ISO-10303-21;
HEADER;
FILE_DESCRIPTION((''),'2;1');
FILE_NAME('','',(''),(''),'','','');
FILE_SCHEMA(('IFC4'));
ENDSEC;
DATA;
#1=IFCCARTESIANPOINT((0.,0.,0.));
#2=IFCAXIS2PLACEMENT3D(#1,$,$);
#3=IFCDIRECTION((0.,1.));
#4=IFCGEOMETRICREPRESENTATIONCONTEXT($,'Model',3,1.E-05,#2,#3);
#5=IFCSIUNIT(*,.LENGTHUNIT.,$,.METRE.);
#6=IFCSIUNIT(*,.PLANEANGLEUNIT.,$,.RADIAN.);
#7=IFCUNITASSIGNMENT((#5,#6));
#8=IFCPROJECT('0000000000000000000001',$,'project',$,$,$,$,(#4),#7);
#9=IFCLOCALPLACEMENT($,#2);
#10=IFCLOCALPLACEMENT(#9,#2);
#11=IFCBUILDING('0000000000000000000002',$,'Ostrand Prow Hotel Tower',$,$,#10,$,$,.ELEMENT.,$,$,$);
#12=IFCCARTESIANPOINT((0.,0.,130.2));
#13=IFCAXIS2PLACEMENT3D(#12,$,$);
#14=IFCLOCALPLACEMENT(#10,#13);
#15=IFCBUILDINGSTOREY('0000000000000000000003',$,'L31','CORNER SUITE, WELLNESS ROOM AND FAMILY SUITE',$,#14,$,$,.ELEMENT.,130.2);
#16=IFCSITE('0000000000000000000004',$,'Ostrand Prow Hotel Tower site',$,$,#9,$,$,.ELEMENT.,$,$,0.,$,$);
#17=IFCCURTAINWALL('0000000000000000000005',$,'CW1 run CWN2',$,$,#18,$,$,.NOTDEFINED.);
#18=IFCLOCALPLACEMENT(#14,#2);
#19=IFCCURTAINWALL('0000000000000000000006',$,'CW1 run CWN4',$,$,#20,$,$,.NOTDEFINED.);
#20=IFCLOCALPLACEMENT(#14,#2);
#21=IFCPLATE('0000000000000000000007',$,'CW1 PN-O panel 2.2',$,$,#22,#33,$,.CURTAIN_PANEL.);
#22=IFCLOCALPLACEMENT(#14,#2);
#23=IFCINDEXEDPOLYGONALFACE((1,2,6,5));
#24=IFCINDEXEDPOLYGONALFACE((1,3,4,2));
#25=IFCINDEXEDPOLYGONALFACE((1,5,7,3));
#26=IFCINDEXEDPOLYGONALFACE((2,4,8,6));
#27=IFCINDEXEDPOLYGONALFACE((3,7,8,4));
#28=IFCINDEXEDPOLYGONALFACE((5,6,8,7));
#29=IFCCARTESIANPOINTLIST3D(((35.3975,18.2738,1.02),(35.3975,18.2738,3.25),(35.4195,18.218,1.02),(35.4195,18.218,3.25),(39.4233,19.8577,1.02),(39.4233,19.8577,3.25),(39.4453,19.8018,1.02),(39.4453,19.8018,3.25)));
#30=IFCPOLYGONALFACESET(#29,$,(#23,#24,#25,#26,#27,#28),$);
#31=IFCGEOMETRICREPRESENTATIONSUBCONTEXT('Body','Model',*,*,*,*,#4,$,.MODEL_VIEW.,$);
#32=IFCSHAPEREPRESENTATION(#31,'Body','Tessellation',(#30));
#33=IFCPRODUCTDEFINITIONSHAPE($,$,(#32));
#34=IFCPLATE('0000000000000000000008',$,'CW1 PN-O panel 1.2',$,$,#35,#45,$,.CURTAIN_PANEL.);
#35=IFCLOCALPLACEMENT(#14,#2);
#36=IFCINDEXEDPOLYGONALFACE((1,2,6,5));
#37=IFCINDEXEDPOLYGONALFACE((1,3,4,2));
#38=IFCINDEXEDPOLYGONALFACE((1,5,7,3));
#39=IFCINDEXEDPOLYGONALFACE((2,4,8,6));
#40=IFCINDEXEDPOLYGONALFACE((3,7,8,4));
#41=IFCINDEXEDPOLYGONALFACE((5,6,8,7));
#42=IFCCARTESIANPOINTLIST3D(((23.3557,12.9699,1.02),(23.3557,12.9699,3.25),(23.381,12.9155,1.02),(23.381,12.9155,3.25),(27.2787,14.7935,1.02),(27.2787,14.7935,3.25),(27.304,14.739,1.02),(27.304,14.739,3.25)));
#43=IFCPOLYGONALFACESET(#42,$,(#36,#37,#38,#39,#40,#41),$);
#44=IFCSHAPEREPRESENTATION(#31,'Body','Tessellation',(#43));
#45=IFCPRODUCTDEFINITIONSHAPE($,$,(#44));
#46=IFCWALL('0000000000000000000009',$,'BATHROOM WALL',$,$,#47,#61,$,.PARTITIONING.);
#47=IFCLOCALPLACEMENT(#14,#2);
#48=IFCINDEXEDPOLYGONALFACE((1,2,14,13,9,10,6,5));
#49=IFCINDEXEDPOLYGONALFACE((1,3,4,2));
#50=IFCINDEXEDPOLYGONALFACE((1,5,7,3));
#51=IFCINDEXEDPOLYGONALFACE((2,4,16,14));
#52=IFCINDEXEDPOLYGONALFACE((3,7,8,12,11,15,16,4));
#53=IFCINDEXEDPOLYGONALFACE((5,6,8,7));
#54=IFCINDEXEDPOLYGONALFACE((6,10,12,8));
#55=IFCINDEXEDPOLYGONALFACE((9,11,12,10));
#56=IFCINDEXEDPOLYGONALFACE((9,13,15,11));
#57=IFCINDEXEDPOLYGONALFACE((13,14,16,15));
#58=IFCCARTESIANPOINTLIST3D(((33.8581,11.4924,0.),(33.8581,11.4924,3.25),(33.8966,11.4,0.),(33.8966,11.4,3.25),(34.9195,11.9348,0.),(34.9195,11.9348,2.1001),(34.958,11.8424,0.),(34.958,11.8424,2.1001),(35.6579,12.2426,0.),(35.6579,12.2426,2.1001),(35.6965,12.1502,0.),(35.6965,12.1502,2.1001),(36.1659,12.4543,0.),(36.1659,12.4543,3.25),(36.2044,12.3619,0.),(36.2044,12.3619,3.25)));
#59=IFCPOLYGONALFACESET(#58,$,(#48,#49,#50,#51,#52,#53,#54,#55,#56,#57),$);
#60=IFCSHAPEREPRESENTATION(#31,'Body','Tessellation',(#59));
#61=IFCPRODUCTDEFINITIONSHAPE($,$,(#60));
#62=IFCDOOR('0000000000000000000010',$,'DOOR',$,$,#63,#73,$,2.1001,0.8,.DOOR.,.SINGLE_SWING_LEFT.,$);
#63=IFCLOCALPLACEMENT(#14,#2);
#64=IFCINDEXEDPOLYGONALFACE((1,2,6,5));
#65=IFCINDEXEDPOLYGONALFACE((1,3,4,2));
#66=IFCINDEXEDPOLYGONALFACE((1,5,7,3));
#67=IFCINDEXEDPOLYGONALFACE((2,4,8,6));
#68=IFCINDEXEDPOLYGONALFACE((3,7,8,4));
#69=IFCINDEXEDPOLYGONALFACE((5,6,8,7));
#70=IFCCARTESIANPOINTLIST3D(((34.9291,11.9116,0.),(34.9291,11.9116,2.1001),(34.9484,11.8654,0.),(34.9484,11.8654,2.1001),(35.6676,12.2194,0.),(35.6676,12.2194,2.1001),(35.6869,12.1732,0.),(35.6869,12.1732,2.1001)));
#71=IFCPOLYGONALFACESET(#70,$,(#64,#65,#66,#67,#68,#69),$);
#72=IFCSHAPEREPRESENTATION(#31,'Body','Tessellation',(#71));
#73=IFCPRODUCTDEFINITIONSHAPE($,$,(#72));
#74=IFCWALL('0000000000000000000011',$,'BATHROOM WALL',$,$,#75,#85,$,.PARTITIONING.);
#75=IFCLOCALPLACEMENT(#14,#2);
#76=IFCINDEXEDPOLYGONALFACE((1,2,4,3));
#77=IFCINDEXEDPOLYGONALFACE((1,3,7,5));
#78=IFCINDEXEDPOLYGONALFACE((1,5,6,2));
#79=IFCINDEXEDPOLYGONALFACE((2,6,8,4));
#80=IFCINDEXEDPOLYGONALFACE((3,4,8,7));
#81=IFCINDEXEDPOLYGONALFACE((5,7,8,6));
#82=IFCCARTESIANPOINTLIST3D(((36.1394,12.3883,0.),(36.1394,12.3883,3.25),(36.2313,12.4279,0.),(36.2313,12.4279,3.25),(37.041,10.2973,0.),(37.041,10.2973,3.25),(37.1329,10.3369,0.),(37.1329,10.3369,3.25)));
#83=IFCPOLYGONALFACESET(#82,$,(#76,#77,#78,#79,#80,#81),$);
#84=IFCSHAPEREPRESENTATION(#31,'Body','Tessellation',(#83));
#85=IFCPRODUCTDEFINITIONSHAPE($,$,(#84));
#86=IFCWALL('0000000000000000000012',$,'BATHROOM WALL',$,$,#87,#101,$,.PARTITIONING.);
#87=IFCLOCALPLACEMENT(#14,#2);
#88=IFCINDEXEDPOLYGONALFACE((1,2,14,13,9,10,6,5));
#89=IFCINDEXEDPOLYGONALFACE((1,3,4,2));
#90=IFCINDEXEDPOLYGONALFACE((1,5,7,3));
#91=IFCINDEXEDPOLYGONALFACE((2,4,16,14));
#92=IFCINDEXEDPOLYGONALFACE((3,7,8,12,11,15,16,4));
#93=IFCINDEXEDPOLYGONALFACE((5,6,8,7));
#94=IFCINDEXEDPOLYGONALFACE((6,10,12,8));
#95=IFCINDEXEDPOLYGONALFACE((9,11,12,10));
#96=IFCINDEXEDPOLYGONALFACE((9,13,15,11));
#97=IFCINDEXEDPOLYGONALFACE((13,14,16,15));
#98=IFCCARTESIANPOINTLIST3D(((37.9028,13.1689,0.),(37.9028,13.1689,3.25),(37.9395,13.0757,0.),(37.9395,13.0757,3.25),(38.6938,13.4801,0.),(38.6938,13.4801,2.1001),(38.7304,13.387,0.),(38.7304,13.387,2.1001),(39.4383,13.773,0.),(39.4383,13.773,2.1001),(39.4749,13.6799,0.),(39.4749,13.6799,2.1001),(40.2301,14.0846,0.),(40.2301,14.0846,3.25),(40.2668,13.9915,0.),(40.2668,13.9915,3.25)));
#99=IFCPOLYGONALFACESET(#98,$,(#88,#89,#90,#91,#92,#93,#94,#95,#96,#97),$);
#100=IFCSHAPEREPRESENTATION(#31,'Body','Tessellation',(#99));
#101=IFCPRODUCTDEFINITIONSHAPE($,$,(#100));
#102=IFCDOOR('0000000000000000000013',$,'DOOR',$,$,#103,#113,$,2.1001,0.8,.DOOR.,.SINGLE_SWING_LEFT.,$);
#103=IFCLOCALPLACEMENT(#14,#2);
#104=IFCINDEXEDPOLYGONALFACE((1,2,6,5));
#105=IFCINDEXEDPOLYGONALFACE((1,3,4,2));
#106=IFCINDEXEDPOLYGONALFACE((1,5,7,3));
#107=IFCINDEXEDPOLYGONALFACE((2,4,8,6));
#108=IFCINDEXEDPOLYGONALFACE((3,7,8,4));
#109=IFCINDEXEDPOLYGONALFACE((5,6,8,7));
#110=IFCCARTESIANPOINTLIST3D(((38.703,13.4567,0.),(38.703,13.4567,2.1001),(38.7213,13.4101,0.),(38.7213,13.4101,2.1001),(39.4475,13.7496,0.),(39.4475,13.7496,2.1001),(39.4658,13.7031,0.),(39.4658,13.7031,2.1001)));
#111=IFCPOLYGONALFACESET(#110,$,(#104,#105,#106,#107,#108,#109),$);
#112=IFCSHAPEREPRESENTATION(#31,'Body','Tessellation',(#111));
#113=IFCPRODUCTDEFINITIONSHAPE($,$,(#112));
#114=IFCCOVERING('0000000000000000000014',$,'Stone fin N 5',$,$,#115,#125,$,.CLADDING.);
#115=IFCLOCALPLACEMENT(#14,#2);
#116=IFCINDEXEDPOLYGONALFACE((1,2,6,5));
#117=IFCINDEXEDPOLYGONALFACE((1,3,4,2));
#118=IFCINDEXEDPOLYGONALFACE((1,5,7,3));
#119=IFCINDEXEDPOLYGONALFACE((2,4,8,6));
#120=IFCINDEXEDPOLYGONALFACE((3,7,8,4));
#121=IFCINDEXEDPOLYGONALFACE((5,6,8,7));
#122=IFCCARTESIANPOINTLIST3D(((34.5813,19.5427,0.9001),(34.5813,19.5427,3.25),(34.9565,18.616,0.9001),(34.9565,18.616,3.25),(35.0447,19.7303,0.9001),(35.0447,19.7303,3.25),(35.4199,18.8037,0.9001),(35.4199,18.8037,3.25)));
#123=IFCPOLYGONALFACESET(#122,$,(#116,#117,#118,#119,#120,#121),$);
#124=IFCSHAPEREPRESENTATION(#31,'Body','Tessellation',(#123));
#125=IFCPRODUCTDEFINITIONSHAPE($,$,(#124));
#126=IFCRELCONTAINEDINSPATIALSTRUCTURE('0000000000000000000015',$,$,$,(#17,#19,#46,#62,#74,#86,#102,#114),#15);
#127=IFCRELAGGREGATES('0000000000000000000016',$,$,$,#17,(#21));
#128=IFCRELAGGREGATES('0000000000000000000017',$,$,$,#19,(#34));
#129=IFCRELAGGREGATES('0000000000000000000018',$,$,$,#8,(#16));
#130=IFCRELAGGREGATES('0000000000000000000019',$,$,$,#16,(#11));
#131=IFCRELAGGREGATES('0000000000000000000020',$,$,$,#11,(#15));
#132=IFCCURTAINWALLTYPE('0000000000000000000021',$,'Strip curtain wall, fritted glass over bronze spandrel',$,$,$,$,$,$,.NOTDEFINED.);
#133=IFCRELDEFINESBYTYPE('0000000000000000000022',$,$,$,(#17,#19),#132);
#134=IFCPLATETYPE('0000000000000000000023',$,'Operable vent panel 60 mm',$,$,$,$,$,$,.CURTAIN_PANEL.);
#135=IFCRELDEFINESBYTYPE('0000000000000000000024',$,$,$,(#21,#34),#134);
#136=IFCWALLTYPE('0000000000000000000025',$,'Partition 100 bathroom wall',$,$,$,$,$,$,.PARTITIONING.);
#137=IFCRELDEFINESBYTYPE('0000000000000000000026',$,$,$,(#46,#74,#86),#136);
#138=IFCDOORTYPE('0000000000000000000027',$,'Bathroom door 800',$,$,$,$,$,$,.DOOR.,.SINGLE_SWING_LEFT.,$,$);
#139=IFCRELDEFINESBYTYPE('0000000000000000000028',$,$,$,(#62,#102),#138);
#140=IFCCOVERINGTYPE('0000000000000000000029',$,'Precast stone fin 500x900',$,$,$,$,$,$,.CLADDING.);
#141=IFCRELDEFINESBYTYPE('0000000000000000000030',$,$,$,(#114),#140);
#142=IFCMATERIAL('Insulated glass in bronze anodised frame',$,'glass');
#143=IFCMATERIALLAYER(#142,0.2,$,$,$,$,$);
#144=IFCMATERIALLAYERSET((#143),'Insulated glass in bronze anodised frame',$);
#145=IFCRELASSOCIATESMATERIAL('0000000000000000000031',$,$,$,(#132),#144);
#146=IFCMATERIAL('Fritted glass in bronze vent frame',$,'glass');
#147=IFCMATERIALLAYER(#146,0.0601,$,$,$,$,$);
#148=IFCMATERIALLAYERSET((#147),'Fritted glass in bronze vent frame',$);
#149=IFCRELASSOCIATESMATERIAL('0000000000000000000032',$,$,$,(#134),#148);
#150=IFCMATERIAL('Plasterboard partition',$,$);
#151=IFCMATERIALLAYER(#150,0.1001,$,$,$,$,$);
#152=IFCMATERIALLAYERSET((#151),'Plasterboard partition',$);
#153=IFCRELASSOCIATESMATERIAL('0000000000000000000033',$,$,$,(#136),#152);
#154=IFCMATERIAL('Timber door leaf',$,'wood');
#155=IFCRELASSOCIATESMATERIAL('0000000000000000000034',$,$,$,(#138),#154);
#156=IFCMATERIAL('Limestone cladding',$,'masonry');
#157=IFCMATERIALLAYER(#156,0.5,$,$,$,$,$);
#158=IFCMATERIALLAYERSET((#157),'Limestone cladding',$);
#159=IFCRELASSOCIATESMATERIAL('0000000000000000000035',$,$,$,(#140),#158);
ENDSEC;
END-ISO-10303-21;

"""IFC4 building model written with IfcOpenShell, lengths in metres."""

from ifc_helpers import new_model, si_unit, direction, frame, frame_2d, origin, origin_2d, place, context, subcontext, project, spatial, rectangle, extrude, material, layer, layer_set, type_object, element, fill, aggregate, save


model = new_model("IFC4")

# Units and contexts
model_context = context("Model", 3, precision=1e-05, world=origin(), true_north=direction((0.0, 1.0)))
body_context = subcontext(model_context, "Body", "Model", "MODEL_VIEW")
ifc_project = project(units=[si_unit("LENGTHUNIT", "METRE"), si_unit("PLANEANGLEUNIT", "RADIAN")], contexts=[model_context])

# Site, building, storey
site_placement = place(None, origin())
site = spatial("IfcSite", under=ifc_project, at=site_placement, Name="Ostrand Prow Hotel Tower site", CompositionType="ELEMENT", RefElevation=0.0)
building_placement = place(site_placement, origin())
building = spatial("IfcBuilding", under=site, at=building_placement, Name="Ostrand Prow Hotel Tower", CompositionType="ELEMENT")
storey_placement = place(building_placement, frame((0.0, 0.0, 130.2)))
storey = spatial("IfcBuildingStorey", under=building, at=storey_placement, Name="L31", Description="CORNER SUITE, WELLNESS ROOM AND FAMILY SUITE", CompositionType="ELEMENT", Elevation=130.2)

# Curtain wall
ifc_material_1 = material(Name="Insulated glass in bronze anodised frame", Category="glass")
ifc_layer_1 = layer(ifc_material_1, 0.2)
ifc_layer_set_1 = layer_set([ifc_layer_1], Name="Insulated glass in bronze anodised frame")
curtain_wall_type = type_object("IfcCurtainWallType", Name="Strip curtain wall, fritted glass over bronze spandrel", PredefinedType="NOTDEFINED", material=ifc_layer_set_1)
curtain_wall_1_placement = place(storey_placement, origin())
curtain_wall_1 = element("IfcCurtainWall", 1, at=curtain_wall_1_placement, inside=storey, type_object=curtain_wall_type, Name="CW1 run CWN2", PredefinedType="NOTDEFINED")

# Curtain wall
curtain_wall_2_placement = place(storey_placement, origin())
curtain_wall_2 = element("IfcCurtainWall", 2, at=curtain_wall_2_placement, inside=storey, type_object=curtain_wall_type, Name="CW1 run CWN4", PredefinedType="NOTDEFINED")

# Plates
ifc_material_2 = material(Name="Fritted glass in bronze vent frame", Category="glass")
ifc_layer_2 = layer(ifc_material_2, 0.0601)
ifc_layer_set_2 = layer_set([ifc_layer_2], Name="Fritted glass in bronze vent frame")
plate_type_1 = type_object("IfcPlateType", Name="Operable vent panel 60 mm", PredefinedType="CURTAIN_PANEL", material=ifc_layer_set_2)
plate_1_placement = place(storey_placement, frame((37.4214, 19.0378, 1.02), z_axis=(0.0, 0.0, 1.0), x_axis=(-0.930569, -0.366116, 0.0)))
plate_1 = element("IfcPlate", 3, at=plate_1_placement, type_object=plate_type_1, Name="CW1 PN-O panel 2.2", PredefinedType="CURTAIN_PANEL", context=body_context, shape_type="SweptSolid", body=[
    extrude(rectangle(XDim=4.3262, YDim=0.0601, at=origin_2d()), origin(), (0.0, 0.0, 1.0), 2.23),
])
aggregate(curtain_wall_1, [plate_1])
plate_2_placement = place(storey_placement, frame((25.3298, 13.8545, 1.02), z_axis=(0.0, 0.0, 1.0), x_axis=(-0.906818, -0.421522, 0.0)))
plate_2 = element("IfcPlate", 4, at=plate_2_placement, type_object=plate_type_1, Name="CW1 PN-O panel 1.2", PredefinedType="CURTAIN_PANEL", context=body_context, shape_type="SweptSolid", body=[
    extrude(rectangle(XDim=4.3262, YDim=0.0601, at=origin_2d()), origin(), (0.0, 0.0, 1.0), 2.23),
])
aggregate(curtain_wall_2, [plate_2])

# Wall, opening, door
ifc_material_3 = material(Name="Plasterboard partition")
ifc_layer_3 = layer(ifc_material_3, 0.1001)
ifc_layer_set_3 = layer_set([ifc_layer_3], Name="Plasterboard partition")
wall_type = type_object("IfcWallType", Name="Partition 100 bathroom wall", PredefinedType="PARTITIONING", material=ifc_layer_set_3)
wall_1_placement = place(storey_placement, frame((33.8774, 11.4463, 0.0), z_axis=(0.0, 0.0, 1.0), x_axis=(0.923034, 0.384719, 0.0)))
wall_1 = element("IfcWall", 5, at=wall_1_placement, inside=storey, type_object=wall_type, Name="BATHROOM WALL", PredefinedType="PARTITIONING", context=body_context, shape_type="SweptSolid", body=[
    extrude(rectangle(XDim=2.5002, YDim=0.1001, at=frame_2d((1.25, 0.0))), origin(), (0.0, 0.0, 1.0), 3.25),
])
opening_1_placement = place(wall_1_placement, frame((1.1499, 0.0, 0.0)))
opening_1 = element("IfcOpeningElement", 6, at=opening_1_placement, cuts=wall_1, PredefinedType="OPENING", context=body_context, shape_type="SweptSolid", body=[
    extrude(rectangle(XDim=0.8, YDim=2.1001, at=frame_2d((0.3999, 1.05))), frame((0.0, 0.0601, 0.0), z_axis=(0.0, -1.0, 0.0), x_axis=(1.0, 0.0, 0.0)), (0.0, 0.0, 1.0), 0.1201),
])
ifc_material_4 = material(Name="Timber door leaf", Category="wood")
door_type = type_object("IfcDoorType", Name="Bathroom door 800", OperationType="SINGLE_SWING_LEFT", PredefinedType="DOOR", material=ifc_material_4)
door_1_placement = place(opening_1_placement, origin())
door_1 = element("IfcDoor", 7, at=door_1_placement, inside=storey, type_object=door_type, Name="DOOR", OperationType="SINGLE_SWING_LEFT", OverallHeight=2.1001, OverallWidth=0.8, PredefinedType="DOOR", context=body_context, shape_type="SweptSolid", body=[
    extrude(rectangle(XDim=0.8, YDim=2.1001, at=frame_2d((0.3999, 1.05))), frame((0.0, 0.0249, 0.0), z_axis=(0.0, -1.0, 0.0), x_axis=(1.0, 0.0, 0.0)), (0.0, 0.0, 1.0), 0.05),
])
fill(opening_1, door_1)

# Wall
wall_2_placement = place(storey_placement, frame((36.1853, 12.4082, 0.0), z_axis=(0.0, 0.0, 1.0), x_axis=(0.395937, -0.918278, 0.0)))
element("IfcWall", 8, at=wall_2_placement, inside=storey, type_object=wall_type, Name="BATHROOM WALL", PredefinedType="PARTITIONING", context=body_context, shape_type="SweptSolid", body=[
    extrude(rectangle(XDim=2.2771, YDim=0.1001, at=frame_2d((1.1387, 0.0))), origin(), (0.0, 0.0, 1.0), 3.25),
])

# Wall, opening, door
wall_3_placement = place(storey_placement, frame((37.9211, 13.1223, 0.0), z_axis=(0.0, 0.0, 1.0), x_axis=(0.930556, 0.366151, 0.0)))
wall_3 = element("IfcWall", 9, at=wall_3_placement, inside=storey, type_object=wall_type, Name="BATHROOM WALL", PredefinedType="PARTITIONING", context=body_context, shape_type="SweptSolid", body=[
    extrude(rectangle(XDim=2.501, YDim=0.1001, at=frame_2d((1.2505, 0.0))), origin(), (0.0, 0.0, 1.0), 3.25),
])
opening_2_placement = place(wall_3_placement, frame((0.8501, 0.0, 0.0)))
opening_2 = element("IfcOpeningElement", 10, at=opening_2_placement, cuts=wall_3, PredefinedType="OPENING", context=body_context, shape_type="SweptSolid", body=[
    extrude(rectangle(XDim=0.8, YDim=2.1001, at=frame_2d((0.3999, 1.05))), frame((0.0, 0.0601, 0.0), z_axis=(0.0, -1.0, 0.0), x_axis=(1.0, 0.0, 0.0)), (0.0, 0.0, 1.0), 0.1201),
])
door_2_placement = place(opening_2_placement, origin())
door_2 = element("IfcDoor", 11, at=door_2_placement, inside=storey, type_object=door_type, Name="DOOR", OperationType="SINGLE_SWING_LEFT", OverallHeight=2.1001, OverallWidth=0.8, PredefinedType="DOOR", context=body_context, shape_type="SweptSolid", body=[
    extrude(rectangle(XDim=0.8, YDim=2.1001, at=frame_2d((0.3999, 1.05))), frame((0.0, 0.0249, 0.0), z_axis=(0.0, -1.0, 0.0), x_axis=(1.0, 0.0, 0.0)), (0.0, 0.0, 1.0), 0.05),
])
fill(opening_2, door_2)

# Covering
ifc_material_5 = material(Name="Limestone cladding", Category="masonry")
ifc_layer_4 = layer(ifc_material_5, 0.5)
ifc_layer_set_4 = layer_set([ifc_layer_4], Name="Limestone cladding")
covering_type = type_object("IfcCoveringType", Name="Precast stone fin 500x900", PredefinedType="CLADDING", material=ifc_layer_set_4)
covering_placement = place(storey_placement, frame((35.1882, 18.7097, 0.9001), z_axis=(0.0, 0.0, 1.0), x_axis=(-0.375303, 0.926902, 0.0)))
element("IfcCovering", 12, at=covering_placement, inside=storey, type_object=covering_type, Name="Stone fin N 5", PredefinedType="CLADDING", context=body_context, shape_type="SweptSolid", body=[
    extrude(rectangle(XDim=0.9998, YDim=0.5, at=frame_2d((0.5, 0.0))), origin(), (0.0, 0.0, 1.0), 2.3499),
])

save(model, "model.ifc")
